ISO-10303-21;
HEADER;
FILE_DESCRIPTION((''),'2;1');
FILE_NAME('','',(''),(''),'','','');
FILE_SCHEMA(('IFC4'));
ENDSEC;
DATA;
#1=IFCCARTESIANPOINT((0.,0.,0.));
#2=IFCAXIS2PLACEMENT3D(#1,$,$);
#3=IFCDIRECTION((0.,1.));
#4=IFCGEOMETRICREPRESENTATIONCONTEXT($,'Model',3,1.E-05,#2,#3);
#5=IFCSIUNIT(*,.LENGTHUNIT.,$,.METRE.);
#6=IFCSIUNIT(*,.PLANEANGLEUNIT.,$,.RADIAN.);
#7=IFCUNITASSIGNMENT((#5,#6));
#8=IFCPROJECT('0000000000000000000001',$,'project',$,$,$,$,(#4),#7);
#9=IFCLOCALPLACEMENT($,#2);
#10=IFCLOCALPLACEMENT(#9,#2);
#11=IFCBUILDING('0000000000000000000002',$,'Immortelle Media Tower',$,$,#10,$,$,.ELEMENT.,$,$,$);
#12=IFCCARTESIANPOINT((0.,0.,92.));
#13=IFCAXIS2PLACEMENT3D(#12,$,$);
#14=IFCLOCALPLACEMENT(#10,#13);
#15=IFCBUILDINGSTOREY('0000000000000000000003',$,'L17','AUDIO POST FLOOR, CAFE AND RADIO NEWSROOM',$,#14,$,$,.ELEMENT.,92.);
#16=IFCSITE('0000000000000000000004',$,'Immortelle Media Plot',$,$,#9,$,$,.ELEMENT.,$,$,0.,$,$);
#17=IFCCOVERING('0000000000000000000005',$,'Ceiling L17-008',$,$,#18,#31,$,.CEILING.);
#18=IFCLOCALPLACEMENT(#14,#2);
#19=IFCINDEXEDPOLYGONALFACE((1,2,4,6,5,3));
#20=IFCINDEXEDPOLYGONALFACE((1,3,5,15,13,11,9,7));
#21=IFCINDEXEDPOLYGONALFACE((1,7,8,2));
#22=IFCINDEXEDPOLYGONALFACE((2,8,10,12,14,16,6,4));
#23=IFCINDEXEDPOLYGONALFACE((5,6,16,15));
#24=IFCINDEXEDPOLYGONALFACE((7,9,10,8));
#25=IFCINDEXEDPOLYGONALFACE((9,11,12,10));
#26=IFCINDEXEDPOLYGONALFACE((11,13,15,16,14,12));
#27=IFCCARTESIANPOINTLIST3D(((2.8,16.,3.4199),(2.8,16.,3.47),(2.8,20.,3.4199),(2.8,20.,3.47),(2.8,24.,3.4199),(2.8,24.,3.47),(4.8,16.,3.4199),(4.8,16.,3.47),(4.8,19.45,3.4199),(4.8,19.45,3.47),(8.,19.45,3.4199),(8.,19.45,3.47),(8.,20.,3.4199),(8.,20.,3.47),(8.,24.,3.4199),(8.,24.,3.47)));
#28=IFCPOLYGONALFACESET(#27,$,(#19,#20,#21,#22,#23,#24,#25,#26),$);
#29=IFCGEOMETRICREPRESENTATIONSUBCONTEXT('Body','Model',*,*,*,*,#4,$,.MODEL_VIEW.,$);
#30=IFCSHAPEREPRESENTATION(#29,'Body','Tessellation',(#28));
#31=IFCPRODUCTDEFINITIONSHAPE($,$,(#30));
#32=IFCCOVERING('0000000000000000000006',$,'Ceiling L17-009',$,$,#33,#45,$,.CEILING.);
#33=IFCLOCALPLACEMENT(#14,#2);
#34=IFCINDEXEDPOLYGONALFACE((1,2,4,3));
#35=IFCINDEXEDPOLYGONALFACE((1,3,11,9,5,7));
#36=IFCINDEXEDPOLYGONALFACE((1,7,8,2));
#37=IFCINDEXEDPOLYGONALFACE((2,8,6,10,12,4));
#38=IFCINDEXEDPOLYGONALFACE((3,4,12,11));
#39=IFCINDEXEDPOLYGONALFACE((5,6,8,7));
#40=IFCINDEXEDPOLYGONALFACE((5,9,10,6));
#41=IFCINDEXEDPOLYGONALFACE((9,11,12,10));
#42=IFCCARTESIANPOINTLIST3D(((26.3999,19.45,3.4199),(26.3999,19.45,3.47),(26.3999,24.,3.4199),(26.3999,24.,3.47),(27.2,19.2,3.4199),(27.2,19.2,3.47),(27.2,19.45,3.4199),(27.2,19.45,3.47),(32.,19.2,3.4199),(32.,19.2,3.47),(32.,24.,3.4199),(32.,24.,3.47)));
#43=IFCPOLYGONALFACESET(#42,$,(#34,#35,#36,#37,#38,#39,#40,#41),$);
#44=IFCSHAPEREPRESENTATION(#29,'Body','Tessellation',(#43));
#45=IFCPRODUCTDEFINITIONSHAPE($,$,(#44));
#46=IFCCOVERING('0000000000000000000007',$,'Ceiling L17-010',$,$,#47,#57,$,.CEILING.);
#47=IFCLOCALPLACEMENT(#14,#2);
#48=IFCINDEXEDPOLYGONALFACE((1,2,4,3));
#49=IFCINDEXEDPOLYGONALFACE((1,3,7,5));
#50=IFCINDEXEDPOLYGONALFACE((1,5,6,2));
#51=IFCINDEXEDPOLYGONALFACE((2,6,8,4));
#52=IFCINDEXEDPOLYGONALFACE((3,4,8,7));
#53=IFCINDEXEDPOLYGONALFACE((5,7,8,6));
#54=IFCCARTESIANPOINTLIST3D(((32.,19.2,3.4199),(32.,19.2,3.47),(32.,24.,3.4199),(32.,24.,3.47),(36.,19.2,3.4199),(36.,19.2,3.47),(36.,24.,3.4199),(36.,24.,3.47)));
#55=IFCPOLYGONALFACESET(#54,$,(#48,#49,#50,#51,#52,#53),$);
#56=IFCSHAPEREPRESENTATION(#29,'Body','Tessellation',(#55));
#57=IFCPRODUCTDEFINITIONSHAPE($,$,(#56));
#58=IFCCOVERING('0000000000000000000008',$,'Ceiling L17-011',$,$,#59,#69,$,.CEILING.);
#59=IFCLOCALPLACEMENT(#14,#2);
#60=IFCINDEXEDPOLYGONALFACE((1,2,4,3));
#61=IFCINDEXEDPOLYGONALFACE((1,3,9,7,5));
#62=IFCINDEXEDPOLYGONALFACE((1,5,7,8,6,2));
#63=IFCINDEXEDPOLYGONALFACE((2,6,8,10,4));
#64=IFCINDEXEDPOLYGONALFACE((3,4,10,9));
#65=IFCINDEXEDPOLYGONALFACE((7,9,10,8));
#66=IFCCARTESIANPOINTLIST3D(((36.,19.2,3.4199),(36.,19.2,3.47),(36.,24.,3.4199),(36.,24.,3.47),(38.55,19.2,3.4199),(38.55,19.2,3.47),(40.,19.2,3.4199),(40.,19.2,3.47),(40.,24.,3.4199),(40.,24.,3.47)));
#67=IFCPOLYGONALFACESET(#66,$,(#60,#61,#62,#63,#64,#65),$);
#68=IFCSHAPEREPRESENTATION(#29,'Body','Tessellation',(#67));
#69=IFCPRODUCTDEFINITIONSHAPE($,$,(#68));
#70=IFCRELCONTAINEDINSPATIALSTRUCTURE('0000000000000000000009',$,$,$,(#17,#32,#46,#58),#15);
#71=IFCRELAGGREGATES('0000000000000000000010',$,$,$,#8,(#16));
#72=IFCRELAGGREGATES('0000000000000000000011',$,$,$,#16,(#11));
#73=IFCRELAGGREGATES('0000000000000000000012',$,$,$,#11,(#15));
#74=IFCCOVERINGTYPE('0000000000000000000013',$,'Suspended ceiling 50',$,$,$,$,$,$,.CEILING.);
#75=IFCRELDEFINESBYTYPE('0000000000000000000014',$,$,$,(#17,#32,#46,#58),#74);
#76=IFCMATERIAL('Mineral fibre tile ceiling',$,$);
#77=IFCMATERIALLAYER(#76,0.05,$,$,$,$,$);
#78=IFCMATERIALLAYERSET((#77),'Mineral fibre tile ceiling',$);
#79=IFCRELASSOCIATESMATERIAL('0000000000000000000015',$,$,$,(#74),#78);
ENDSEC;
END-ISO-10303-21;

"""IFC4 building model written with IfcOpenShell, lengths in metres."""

from ifc_helpers import new_model, si_unit, direction, frame, origin, place, context, subcontext, project, spatial, polyline, outline, extrude, material, layer, layer_set, type_object, element, save


model = new_model("IFC4")

# Units and contexts
model_context = context("Model", 3, precision=1e-05, world=origin(), true_north=direction((0.0, 1.0)))
body_context = subcontext(model_context, "Body", "Model", "MODEL_VIEW")
ifc_project = project(units=[si_unit("LENGTHUNIT", "METRE"), si_unit("PLANEANGLEUNIT", "RADIAN")], contexts=[model_context])

# Site, building, storey
site_placement = place(None, origin())
site = spatial("IfcSite", under=ifc_project, at=site_placement, Name="Immortelle Media Plot", CompositionType="ELEMENT", RefElevation=0.0)
building_placement = place(site_placement, origin())
building = spatial("IfcBuilding", under=site, at=building_placement, Name="Immortelle Media Tower", CompositionType="ELEMENT")
storey_placement = place(building_placement, frame((0.0, 0.0, 92.0)))
storey = spatial("IfcBuildingStorey", under=building, at=storey_placement, Name="L17", Description="AUDIO POST FLOOR, CAFE AND RADIO NEWSROOM", CompositionType="ELEMENT", Elevation=92.0)

# Coverings
ifc_material_1 = material(Name="Mineral fibre tile ceiling")
ifc_layer_1 = layer(ifc_material_1, 0.05)
ifc_layer_set_1 = layer_set([ifc_layer_1], Name="Mineral fibre tile ceiling")
covering_type = type_object("IfcCoveringType", Name="Suspended ceiling 50", PredefinedType="CEILING", material=ifc_layer_set_1)
covering_1_placement = place(storey_placement, frame((0.0, 0.0, 3.4199)))
element("IfcCovering", 1, at=covering_1_placement, inside=storey, type_object=covering_type, Name="Ceiling L17-008", PredefinedType="CEILING", context=body_context, shape_type="SweptSolid", body=[
    extrude(outline(polyline([(2.8, 16.0), (2.8, 20.0), (2.8, 24.0), (8.0, 24.0), (8.0, 20.0), (8.0, 19.45), (4.8, 19.45), (4.8, 16.0), (2.8, 16.0)])), origin(), (0.0, 0.0, 1.0), 0.05),
])
covering_2_placement = place(storey_placement, frame((0.0, 0.0, 3.4199)))
element("IfcCovering", 2, at=covering_2_placement, inside=storey, type_object=covering_type, Name="Ceiling L17-009", PredefinedType="CEILING", context=body_context, shape_type="SweptSolid", body=[
    extrude(outline(polyline([(32.0, 19.2), (27.2, 19.2), (27.2, 19.45), (26.3999, 19.45), (26.3999, 24.0), (32.0, 24.0), (32.0, 19.2)])), origin(), (0.0, 0.0, 1.0), 0.05),
])
covering_3_placement = place(storey_placement, frame((0.0, 0.0, 3.4199)))
element("IfcCovering", 3, at=covering_3_placement, inside=storey, type_object=covering_type, Name="Ceiling L17-010", PredefinedType="CEILING", context=body_context, shape_type="SweptSolid", body=[
    extrude(outline(polyline([(32.0, 19.2), (32.0, 24.0), (36.0, 24.0), (36.0, 19.2), (32.0, 19.2)])), origin(), (0.0, 0.0, 1.0), 0.05),
])
covering_4_placement = place(storey_placement, frame((0.0, 0.0, 3.4199)))
element("IfcCovering", 4, at=covering_4_placement, inside=storey, type_object=covering_type, Name="Ceiling L17-011", PredefinedType="CEILING", context=body_context, shape_type="SweptSolid", body=[
    extrude(outline(polyline([(36.0, 19.2), (36.0, 24.0), (40.0, 24.0), (40.0, 19.2), (38.55, 19.2), (36.0, 19.2)])), origin(), (0.0, 0.0, 1.0), 0.05),
])

save(model, "model.ifc")
